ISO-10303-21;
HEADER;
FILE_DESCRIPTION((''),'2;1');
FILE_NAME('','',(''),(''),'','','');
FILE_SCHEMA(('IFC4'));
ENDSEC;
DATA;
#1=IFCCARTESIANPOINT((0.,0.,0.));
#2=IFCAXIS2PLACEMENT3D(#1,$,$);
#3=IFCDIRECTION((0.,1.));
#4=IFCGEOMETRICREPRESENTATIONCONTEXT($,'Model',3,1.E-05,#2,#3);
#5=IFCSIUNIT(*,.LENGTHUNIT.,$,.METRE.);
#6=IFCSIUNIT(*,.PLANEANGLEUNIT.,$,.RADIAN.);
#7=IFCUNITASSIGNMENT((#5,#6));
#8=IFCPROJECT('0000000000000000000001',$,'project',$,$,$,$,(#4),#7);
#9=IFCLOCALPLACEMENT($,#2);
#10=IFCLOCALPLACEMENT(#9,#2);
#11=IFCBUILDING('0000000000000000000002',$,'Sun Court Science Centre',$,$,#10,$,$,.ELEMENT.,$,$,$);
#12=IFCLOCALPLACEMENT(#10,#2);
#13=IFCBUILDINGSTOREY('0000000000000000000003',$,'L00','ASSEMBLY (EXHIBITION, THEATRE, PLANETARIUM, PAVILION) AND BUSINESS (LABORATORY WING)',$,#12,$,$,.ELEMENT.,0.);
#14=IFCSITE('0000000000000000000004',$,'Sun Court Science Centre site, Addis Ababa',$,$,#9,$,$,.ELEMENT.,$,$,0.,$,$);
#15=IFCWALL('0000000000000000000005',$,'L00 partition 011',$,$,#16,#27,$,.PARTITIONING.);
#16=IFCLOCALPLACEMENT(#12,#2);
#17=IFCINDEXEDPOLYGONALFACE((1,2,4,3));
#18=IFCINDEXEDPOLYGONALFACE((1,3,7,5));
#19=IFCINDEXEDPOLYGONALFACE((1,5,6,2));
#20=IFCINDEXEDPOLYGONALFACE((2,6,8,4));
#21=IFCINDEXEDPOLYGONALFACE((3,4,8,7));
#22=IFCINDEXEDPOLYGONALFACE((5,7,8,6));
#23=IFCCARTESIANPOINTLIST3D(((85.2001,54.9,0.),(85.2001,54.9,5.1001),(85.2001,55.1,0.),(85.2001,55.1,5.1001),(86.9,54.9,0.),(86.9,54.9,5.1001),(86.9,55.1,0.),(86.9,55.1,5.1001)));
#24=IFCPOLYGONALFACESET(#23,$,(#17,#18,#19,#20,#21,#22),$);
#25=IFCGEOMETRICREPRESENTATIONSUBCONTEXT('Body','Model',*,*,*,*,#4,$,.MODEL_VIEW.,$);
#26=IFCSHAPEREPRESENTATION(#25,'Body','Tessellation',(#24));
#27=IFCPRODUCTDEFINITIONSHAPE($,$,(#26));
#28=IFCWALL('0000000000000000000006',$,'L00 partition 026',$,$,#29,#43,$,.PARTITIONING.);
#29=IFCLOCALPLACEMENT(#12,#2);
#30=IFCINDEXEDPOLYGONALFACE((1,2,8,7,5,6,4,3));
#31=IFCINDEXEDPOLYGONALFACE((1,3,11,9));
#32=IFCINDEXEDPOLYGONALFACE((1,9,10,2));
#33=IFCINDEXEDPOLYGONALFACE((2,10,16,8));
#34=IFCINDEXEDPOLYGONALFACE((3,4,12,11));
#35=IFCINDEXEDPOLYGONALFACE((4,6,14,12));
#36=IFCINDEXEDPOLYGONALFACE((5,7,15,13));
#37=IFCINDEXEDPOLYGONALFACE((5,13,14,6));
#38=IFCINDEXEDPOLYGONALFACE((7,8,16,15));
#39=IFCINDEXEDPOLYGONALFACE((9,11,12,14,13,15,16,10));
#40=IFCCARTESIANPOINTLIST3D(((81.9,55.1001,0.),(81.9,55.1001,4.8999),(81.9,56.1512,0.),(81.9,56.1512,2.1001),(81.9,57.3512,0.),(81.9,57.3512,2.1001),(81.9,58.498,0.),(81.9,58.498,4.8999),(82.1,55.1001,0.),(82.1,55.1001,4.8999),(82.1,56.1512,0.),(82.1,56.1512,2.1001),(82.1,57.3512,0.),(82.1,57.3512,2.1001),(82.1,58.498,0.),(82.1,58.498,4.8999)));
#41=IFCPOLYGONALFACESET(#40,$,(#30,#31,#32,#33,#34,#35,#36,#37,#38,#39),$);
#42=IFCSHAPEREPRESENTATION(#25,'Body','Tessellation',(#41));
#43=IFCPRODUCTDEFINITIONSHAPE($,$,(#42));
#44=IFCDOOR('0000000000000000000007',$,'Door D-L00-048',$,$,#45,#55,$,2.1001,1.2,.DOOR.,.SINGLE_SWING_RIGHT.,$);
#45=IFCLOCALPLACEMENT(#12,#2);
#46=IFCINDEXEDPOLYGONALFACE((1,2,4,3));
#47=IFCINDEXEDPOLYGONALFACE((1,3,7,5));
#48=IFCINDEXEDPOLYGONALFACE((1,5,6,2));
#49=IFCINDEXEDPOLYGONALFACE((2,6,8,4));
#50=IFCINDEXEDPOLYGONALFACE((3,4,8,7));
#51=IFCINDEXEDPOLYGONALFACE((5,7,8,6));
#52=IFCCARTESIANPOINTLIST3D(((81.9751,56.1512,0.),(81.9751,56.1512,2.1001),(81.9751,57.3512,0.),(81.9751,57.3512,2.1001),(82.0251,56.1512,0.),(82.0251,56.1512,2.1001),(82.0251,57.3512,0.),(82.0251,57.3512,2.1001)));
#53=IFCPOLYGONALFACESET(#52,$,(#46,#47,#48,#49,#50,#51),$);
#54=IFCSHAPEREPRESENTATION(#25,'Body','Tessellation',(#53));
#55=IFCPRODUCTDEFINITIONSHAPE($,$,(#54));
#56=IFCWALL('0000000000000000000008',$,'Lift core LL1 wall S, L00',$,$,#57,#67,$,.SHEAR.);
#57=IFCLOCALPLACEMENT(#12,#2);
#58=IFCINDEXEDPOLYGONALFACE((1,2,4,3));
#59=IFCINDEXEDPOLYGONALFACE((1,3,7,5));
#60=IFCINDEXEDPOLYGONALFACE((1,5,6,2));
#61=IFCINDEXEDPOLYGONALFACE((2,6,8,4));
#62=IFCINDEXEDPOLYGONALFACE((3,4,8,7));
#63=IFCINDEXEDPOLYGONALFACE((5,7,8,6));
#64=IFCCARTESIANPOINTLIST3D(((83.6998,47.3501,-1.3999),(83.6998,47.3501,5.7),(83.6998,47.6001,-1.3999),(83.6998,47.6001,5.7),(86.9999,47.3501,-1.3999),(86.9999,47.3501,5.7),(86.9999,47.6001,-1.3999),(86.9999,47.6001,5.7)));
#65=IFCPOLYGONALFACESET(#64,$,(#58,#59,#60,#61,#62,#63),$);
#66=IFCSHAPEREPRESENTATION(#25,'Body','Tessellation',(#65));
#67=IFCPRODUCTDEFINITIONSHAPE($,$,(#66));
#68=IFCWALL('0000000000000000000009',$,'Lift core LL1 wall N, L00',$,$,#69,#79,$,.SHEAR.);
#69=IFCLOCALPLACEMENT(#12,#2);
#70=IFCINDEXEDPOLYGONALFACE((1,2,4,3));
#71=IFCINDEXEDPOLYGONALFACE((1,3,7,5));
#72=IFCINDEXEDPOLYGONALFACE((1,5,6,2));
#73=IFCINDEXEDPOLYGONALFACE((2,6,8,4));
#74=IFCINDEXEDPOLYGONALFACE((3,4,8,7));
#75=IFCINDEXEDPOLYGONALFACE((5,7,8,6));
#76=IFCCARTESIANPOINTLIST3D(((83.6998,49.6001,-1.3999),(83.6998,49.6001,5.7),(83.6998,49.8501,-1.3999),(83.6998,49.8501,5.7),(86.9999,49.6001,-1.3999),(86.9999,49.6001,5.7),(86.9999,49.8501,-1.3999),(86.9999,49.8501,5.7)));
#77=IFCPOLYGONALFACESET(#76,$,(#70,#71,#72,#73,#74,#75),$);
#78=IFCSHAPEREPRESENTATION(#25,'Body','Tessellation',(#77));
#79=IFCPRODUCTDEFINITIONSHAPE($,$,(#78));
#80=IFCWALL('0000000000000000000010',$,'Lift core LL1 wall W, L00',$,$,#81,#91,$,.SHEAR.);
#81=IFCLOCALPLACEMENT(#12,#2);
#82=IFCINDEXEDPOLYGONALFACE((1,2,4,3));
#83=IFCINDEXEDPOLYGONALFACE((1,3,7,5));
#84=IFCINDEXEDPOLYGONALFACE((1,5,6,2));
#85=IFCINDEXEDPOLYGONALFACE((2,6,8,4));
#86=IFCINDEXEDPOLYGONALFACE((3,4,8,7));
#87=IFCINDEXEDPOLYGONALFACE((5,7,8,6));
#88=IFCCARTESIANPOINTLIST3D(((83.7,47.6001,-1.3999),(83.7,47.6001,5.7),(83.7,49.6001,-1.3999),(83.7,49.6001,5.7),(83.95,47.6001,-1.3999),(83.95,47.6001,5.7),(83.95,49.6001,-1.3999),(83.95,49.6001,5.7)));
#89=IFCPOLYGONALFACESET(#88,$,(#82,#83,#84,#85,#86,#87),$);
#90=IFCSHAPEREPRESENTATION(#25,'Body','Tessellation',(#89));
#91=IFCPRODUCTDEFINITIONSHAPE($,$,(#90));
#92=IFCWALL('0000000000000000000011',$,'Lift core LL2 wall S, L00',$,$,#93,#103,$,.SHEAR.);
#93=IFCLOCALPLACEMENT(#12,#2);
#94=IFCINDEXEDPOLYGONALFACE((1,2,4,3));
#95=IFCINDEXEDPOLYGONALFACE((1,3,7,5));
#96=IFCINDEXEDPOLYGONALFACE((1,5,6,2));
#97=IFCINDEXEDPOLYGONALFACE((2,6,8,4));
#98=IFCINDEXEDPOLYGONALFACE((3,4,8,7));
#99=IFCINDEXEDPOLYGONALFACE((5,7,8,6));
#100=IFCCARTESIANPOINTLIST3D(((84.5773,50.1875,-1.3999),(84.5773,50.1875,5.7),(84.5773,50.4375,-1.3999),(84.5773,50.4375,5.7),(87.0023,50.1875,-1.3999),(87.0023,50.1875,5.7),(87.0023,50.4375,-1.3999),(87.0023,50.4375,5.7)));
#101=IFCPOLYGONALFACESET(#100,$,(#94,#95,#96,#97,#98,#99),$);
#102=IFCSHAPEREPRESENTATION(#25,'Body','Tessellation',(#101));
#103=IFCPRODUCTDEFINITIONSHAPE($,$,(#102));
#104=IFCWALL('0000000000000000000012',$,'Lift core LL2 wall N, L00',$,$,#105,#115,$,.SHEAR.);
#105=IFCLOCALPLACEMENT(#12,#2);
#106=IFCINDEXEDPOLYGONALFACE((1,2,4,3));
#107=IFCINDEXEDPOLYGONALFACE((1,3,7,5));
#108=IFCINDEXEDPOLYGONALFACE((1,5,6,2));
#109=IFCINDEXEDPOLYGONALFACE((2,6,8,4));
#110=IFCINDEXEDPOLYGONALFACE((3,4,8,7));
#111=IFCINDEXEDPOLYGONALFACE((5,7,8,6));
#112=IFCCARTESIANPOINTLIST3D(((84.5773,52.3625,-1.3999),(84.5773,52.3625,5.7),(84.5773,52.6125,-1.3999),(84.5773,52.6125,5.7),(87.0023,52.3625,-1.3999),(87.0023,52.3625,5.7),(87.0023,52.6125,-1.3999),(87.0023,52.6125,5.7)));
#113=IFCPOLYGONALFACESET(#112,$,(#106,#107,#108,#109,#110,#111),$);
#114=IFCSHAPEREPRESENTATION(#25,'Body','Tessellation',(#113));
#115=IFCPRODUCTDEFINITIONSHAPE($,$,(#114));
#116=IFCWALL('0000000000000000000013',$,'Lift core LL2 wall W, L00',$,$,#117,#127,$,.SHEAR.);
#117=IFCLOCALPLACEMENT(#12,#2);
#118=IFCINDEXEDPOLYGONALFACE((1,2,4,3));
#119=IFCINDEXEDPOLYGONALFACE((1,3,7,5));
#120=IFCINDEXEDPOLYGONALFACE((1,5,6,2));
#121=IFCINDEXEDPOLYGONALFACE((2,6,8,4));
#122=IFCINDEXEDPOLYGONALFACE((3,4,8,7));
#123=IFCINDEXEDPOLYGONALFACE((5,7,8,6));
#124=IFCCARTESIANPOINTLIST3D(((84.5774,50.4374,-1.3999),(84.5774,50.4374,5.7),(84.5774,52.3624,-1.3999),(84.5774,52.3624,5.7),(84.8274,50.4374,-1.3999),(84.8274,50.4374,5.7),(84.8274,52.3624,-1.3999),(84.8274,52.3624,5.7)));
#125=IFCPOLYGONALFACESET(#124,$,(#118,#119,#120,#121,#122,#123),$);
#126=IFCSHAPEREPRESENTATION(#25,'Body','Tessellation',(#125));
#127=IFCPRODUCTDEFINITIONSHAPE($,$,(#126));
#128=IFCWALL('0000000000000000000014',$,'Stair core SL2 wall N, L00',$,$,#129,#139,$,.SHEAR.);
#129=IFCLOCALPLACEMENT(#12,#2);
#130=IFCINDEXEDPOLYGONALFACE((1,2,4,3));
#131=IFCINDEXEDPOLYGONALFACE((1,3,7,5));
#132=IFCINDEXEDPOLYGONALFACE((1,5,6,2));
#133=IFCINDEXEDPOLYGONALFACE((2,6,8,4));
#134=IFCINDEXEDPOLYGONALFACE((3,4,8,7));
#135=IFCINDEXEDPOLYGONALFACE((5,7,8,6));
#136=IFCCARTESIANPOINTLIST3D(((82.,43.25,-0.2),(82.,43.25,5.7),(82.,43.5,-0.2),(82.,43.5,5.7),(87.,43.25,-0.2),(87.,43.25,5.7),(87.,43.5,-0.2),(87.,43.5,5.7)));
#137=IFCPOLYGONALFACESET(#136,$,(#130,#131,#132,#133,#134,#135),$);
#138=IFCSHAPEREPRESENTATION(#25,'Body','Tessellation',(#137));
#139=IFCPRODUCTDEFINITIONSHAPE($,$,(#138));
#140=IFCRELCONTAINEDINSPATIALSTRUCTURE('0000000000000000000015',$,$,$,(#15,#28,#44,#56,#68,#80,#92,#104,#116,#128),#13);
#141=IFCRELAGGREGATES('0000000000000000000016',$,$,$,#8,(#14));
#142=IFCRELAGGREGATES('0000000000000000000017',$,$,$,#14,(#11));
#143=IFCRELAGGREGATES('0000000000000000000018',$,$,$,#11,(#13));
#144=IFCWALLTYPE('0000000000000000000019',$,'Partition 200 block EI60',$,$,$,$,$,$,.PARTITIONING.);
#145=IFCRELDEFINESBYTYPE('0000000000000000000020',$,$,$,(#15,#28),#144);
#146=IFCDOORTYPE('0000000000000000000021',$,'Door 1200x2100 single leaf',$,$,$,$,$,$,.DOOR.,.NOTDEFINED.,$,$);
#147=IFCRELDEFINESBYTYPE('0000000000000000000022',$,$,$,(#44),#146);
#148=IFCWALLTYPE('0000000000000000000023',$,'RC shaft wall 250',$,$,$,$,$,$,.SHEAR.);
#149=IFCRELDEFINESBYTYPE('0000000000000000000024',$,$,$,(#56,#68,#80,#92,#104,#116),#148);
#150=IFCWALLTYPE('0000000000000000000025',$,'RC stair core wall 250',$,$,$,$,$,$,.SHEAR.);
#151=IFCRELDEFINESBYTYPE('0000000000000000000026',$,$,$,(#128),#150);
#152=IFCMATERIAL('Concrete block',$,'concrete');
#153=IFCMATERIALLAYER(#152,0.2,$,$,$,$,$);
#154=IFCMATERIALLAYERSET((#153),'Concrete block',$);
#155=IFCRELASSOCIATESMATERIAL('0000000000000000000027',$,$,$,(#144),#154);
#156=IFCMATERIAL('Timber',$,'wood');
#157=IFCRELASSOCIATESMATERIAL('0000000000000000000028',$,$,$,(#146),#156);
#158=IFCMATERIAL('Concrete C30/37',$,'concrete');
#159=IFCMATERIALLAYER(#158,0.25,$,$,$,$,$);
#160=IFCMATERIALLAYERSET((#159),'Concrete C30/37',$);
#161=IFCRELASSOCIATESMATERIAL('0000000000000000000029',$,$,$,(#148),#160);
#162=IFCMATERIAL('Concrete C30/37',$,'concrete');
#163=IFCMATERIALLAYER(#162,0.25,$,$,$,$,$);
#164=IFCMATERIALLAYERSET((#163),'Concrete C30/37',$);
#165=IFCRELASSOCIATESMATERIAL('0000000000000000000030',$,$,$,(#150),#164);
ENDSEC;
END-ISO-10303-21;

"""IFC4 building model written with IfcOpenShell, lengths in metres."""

from ifc_helpers import new_model, si_unit, direction, frame, frame_2d, origin, place, context, subcontext, project, spatial, rectangle, extrude, material, layer, layer_set, type_object, element, fill, save


model = new_model("IFC4")

# Units and contexts
model_context = context("Model", 3, precision=1e-05, world=origin(), true_north=direction((0.0, 1.0)))
body_context = subcontext(model_context, "Body", "Model", "MODEL_VIEW")
ifc_project = project(units=[si_unit("LENGTHUNIT", "METRE"), si_unit("PLANEANGLEUNIT", "RADIAN")], contexts=[model_context])

# Site, building, storey
site_placement = place(None, origin())
site = spatial("IfcSite", under=ifc_project, at=site_placement, Name="Sun Court Science Centre site, Addis Ababa", CompositionType="ELEMENT", RefElevation=0.0)
building_placement = place(site_placement, origin())
building = spatial("IfcBuilding", under=site, at=building_placement, Name="Sun Court Science Centre", CompositionType="ELEMENT")
storey_placement = place(building_placement, origin())
storey = spatial("IfcBuildingStorey", under=building, at=storey_placement, Name="L00", Description="ASSEMBLY (EXHIBITION, THEATRE, PLANETARIUM, PAVILION) AND BUSINESS (LABORATORY WING)", CompositionType="ELEMENT", Elevation=0.0)

# Wall
ifc_material_1 = material(Name="Concrete block", Category="concrete")
ifc_layer_1 = layer(ifc_material_1, 0.2)
ifc_layer_set_1 = layer_set([ifc_layer_1], Name="Concrete block")
wall_type_1 = type_object("IfcWallType", Name="Partition 200 block EI60", PredefinedType="PARTITIONING", material=ifc_layer_set_1)
wall_1_placement = place(storey_placement, frame((85.2, 55.0, 0.0), z_axis=(0.0, 0.0, 1.0), x_axis=(1.0, 0.0, 0.0)))
element("IfcWall", 1, at=wall_1_placement, inside=storey, type_object=wall_type_1, Name="L00 partition 011", PredefinedType="PARTITIONING", context=body_context, shape_type="SweptSolid", body=[
    extrude(rectangle(XDim=1.7, YDim=0.2, at=frame_2d((0.8501, 0.0))), origin(), (0.0, 0.0, 1.0), 5.1001),
])

# Wall, opening, door
wall_2_placement = place(storey_placement, frame((82.0, 55.1001, 0.0), z_axis=(0.0, 0.0, 1.0), x_axis=(0.0, 1.0, 0.0)))
wall_2 = element("IfcWall", 2, at=wall_2_placement, inside=storey, type_object=wall_type_1, Name="L00 partition 026", PredefinedType="PARTITIONING", context=body_context, shape_type="SweptSolid", body=[
    extrude(rectangle(XDim=3.3979, YDim=0.2, at=frame_2d((1.699, 0.0))), origin(), (0.0, 0.0, 1.0), 4.8999),
])
opening_placement = place(wall_2_placement, frame((1.051, 0.0, 0.0)))
opening = element("IfcOpeningElement", 3, at=opening_placement, cuts=wall_2, PredefinedType="OPENING", context=body_context, shape_type="SweptSolid", body=[
    extrude(rectangle(XDim=1.2, YDim=2.1001, at=frame_2d((0.6001, 1.05))), frame((0.0, 0.1099, 0.0), z_axis=(0.0, -1.0, 0.0), x_axis=(1.0, 0.0, 0.0)), (0.0, 0.0, 1.0), 0.22),
])
ifc_material_2 = material(Name="Timber", Category="wood")
door_type = type_object("IfcDoorType", Name="Door 1200x2100 single leaf", OperationType="NOTDEFINED", PredefinedType="DOOR", material=ifc_material_2)
door_placement = place(opening_placement, origin())
door = element("IfcDoor", 4, at=door_placement, inside=storey, type_object=door_type, Name="Door D-L00-048", OperationType="SINGLE_SWING_RIGHT", OverallHeight=2.1001, OverallWidth=1.2, PredefinedType="DOOR", context=body_context, shape_type="SweptSolid", body=[
    extrude(rectangle(XDim=1.2, YDim=2.1001, at=frame_2d((0.6001, 1.05))), frame((0.0, 0.0249, 0.0), z_axis=(0.0, -1.0, 0.0), x_axis=(1.0, 0.0, 0.0)), (0.0, 0.0, 1.0), 0.05),
])
fill(opening, door)

# Walls
ifc_material_3 = material(Name="Concrete C30/37", Category="concrete")
ifc_layer_2 = layer(ifc_material_3, 0.25)
ifc_layer_set_2 = layer_set([ifc_layer_2], Name="Concrete C30/37")
wall_type_2 = type_object("IfcWallType", Name="RC shaft wall 250", PredefinedType="SHEAR", material=ifc_layer_set_2)
for number, where, z_axis, x_axis, name in (
    (5, (83.7, 47.4751, -1.3999), (0.0, 0.0, 1.0), (1.0, 0.0, 0.0), "Lift core LL1 wall S, L00"),
    (6, (83.7, 49.7251, -1.3999), (0.0, 0.0, 1.0), (1.0, 0.0, 0.0), "Lift core LL1 wall N, L00"),
):
    element("IfcWall", number, at=place(storey_placement, frame(where, z_axis=z_axis, x_axis=x_axis)), inside=storey, type_object=wall_type_2, Name=name, PredefinedType="SHEAR", context=body_context, shape_type="SweptSolid", body=[
        extrude(rectangle(XDim=3.3, YDim=0.25, at=frame_2d((1.6499, 0.0))), origin(), (0.0, 0.0, 1.0), 7.0999),
    ])
wall_3_placement = place(storey_placement, frame((83.825, 47.6001, -1.3999), z_axis=(0.0, 0.0, 1.0), x_axis=(0.0, 1.0, 0.0)))
element("IfcWall", 7, at=wall_3_placement, inside=storey, type_object=wall_type_2, Name="Lift core LL1 wall W, L00", PredefinedType="SHEAR", context=body_context, shape_type="SweptSolid", body=[
    extrude(rectangle(XDim=2.0, YDim=0.25, at=frame_2d((1.0, 0.0))), origin(), (0.0, 0.0, 1.0), 7.0999),
])
for number, where, z_axis, x_axis, name in (
    (8, (84.5774, 50.3125, -1.3999), (0.0, 0.0, 1.0), (1.0, 0.0, 0.0), "Lift core LL2 wall S, L00"),
    (9, (84.5774, 52.4875, -1.3999), (0.0, 0.0, 1.0), (1.0, 0.0, 0.0), "Lift core LL2 wall N, L00"),
):
    element("IfcWall", number, at=place(storey_placement, frame(where, z_axis=z_axis, x_axis=x_axis)), inside=storey, type_object=wall_type_2, Name=name, PredefinedType="SHEAR", context=body_context, shape_type="SweptSolid", body=[
        extrude(rectangle(XDim=2.425, YDim=0.25, at=frame_2d((1.2124, 0.0))), origin(), (0.0, 0.0, 1.0), 7.0999),
    ])
wall_4_placement = place(storey_placement, frame((84.7024, 50.4375, -1.3999), z_axis=(0.0, 0.0, 1.0), x_axis=(0.0, 1.0, 0.0)))
element("IfcWall", 10, at=wall_4_placement, inside=storey, type_object=wall_type_2, Name="Lift core LL2 wall W, L00", PredefinedType="SHEAR", context=body_context, shape_type="SweptSolid", body=[
    extrude(rectangle(XDim=1.925, YDim=0.25, at=frame_2d((0.9624, 0.0))), origin(), (0.0, 0.0, 1.0), 7.0999),
])
ifc_material_4 = material(Name="Concrete C30/37", Category="concrete")
ifc_layer_3 = layer(ifc_material_4, 0.25)
ifc_layer_set_3 = layer_set([ifc_layer_3], Name="Concrete C30/37")
wall_type_3 = type_object("IfcWallType", Name="RC stair core wall 250", PredefinedType="SHEAR", material=ifc_layer_set_3)
wall_5_placement = place(storey_placement, frame((82.0, 43.375, -0.2), z_axis=(0.0, 0.0, 1.0), x_axis=(1.0, 0.0, 0.0)))
element("IfcWall", 11, at=wall_5_placement, inside=storey, type_object=wall_type_3, Name="Stair core SL2 wall N, L00", PredefinedType="SHEAR", context=body_context, shape_type="SweptSolid", body=[
    extrude(rectangle(XDim=5.0, YDim=0.25, at=frame_2d((2.5, 0.0))), origin(), (0.0, 0.0, 1.0), 5.8999),
])

save(model, "model.ifc")
